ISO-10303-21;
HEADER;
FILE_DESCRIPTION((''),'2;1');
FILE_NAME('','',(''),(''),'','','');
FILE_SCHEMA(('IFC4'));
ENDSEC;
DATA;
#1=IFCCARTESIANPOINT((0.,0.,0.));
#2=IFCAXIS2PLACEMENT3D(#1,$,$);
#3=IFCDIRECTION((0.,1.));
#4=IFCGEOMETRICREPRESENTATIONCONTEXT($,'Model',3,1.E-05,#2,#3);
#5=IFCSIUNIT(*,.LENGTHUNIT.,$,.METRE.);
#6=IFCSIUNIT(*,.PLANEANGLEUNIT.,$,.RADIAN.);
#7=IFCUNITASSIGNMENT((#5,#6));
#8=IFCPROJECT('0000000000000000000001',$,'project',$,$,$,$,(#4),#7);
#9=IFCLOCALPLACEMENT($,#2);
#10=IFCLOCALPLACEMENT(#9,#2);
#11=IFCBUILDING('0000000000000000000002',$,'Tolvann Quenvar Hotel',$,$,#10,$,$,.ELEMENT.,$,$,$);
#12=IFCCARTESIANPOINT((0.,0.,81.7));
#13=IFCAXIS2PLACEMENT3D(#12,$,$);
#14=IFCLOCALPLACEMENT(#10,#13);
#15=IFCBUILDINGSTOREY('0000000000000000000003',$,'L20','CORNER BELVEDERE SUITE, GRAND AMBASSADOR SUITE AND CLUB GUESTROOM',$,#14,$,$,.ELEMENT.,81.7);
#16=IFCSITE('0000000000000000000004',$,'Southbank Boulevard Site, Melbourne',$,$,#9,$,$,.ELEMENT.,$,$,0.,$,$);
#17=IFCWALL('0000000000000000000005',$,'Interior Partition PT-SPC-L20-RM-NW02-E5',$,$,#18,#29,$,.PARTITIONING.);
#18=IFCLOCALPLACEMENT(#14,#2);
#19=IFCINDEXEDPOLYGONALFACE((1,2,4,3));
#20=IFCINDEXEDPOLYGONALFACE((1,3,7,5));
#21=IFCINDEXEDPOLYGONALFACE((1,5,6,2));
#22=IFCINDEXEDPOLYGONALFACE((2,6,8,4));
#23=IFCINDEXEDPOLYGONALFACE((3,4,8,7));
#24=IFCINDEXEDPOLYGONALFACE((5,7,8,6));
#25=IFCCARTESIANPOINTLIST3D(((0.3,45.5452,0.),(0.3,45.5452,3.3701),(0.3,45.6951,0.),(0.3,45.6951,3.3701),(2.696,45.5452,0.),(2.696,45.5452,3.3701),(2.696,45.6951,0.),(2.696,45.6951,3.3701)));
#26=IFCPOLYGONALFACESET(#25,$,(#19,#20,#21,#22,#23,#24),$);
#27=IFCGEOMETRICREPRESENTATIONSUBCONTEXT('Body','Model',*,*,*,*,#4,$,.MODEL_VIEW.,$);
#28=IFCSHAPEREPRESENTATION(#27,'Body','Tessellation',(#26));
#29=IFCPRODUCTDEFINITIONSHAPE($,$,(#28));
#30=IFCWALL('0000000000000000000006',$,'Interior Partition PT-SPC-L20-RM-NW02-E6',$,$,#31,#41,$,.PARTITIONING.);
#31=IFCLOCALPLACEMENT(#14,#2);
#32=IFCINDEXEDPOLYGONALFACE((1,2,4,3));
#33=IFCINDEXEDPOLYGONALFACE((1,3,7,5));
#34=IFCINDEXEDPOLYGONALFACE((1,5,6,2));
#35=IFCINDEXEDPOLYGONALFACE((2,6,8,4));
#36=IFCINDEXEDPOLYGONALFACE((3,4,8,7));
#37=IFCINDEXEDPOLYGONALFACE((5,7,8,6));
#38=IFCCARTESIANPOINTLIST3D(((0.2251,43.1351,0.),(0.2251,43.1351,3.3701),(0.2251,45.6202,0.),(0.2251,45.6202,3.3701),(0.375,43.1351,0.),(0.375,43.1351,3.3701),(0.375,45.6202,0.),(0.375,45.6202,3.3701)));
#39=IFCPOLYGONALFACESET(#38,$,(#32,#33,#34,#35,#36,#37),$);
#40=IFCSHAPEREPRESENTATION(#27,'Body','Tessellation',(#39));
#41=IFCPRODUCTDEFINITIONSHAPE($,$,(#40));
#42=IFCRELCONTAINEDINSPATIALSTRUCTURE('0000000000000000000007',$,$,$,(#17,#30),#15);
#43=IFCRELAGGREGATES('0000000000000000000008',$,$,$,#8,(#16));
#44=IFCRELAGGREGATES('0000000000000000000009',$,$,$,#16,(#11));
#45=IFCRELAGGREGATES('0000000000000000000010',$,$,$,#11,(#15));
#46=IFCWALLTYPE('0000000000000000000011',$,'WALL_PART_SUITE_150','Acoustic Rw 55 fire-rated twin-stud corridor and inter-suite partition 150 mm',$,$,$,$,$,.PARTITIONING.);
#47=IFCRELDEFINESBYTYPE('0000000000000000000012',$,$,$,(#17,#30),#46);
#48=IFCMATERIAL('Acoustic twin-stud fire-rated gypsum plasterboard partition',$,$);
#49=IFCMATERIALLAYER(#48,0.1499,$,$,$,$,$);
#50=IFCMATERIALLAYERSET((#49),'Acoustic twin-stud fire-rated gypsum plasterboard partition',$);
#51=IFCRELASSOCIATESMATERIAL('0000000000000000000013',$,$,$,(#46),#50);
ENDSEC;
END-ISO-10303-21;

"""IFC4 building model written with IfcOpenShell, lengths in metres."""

from ifc_helpers import new_model, si_unit, direction, frame, frame_2d, origin, place, context, subcontext, project, spatial, rectangle, extrude, material, layer, layer_set, type_object, element, save


model = new_model("IFC4")

# Units and contexts
model_context = context("Model", 3, precision=1e-05, world=origin(), true_north=direction((0.0, 1.0)))
body_context = subcontext(model_context, "Body", "Model", "MODEL_VIEW")
ifc_project = project(units=[si_unit("LENGTHUNIT", "METRE"), si_unit("PLANEANGLEUNIT", "RADIAN")], contexts=[model_context])

# Site, building, storey
site_placement = place(None, origin())
site = spatial("IfcSite", under=ifc_project, at=site_placement, Name="Southbank Boulevard Site, Melbourne", CompositionType="ELEMENT", RefElevation=0.0)
building_placement = place(site_placement, origin())
building = spatial("IfcBuilding", under=site, at=building_placement, Name="Tolvann Quenvar Hotel", CompositionType="ELEMENT")
storey_placement = place(building_placement, frame((0.0, 0.0, 81.7)))
storey = spatial("IfcBuildingStorey", under=building, at=storey_placement, Name="L20", Description="CORNER BELVEDERE SUITE, GRAND AMBASSADOR SUITE AND CLUB GUESTROOM", CompositionType="ELEMENT", Elevation=81.7)

# Walls
ifc_material_1 = material(Name="Acoustic twin-stud fire-rated gypsum plasterboard partition")
ifc_layer_1 = layer(ifc_material_1, 0.1499)
ifc_layer_set_1 = layer_set([ifc_layer_1], Name="Acoustic twin-stud fire-rated gypsum plasterboard partition")
wall_type_1 = type_object("IfcWallType", Name="WALL_PART_SUITE_150", Description="Acoustic Rw 55 fire-rated twin-stud corridor and inter-suite partition 150 mm", PredefinedType="PARTITIONING", material=ifc_layer_set_1)
wall_1_placement = place(storey_placement, frame((0.3, 45.6201, 0.0), z_axis=(0.0, 0.0, 1.0), x_axis=(1.0, 0.0, 0.0)))
element("IfcWall", 1, at=wall_1_placement, inside=storey, type_object=wall_type_1, Name="Interior Partition PT-SPC-L20-RM-NW02-E5", PredefinedType="PARTITIONING", context=body_context, shape_type="SweptSolid", body=[
    extrude(rectangle(XDim=2.396, YDim=0.1499, at=frame_2d((1.198, 0.0))), origin(), (0.0, 0.0, 1.0), 3.3701),
])
wall_2_placement = place(storey_placement, frame((0.3, 43.135, 0.0), z_axis=(0.0, 0.0, 1.0), x_axis=(0.0, 1.0, 0.0)))
element("IfcWall", 2, at=wall_2_placement, inside=storey, type_object=wall_type_1, Name="Interior Partition PT-SPC-L20-RM-NW02-E6", PredefinedType="PARTITIONING", context=body_context, shape_type="SweptSolid", body=[
    extrude(rectangle(XDim=2.4851, YDim=0.1499, at=frame_2d((1.2427, 0.0))), origin(), (0.0, 0.0, 1.0), 3.3701),
])

save(model, "model.ifc")
